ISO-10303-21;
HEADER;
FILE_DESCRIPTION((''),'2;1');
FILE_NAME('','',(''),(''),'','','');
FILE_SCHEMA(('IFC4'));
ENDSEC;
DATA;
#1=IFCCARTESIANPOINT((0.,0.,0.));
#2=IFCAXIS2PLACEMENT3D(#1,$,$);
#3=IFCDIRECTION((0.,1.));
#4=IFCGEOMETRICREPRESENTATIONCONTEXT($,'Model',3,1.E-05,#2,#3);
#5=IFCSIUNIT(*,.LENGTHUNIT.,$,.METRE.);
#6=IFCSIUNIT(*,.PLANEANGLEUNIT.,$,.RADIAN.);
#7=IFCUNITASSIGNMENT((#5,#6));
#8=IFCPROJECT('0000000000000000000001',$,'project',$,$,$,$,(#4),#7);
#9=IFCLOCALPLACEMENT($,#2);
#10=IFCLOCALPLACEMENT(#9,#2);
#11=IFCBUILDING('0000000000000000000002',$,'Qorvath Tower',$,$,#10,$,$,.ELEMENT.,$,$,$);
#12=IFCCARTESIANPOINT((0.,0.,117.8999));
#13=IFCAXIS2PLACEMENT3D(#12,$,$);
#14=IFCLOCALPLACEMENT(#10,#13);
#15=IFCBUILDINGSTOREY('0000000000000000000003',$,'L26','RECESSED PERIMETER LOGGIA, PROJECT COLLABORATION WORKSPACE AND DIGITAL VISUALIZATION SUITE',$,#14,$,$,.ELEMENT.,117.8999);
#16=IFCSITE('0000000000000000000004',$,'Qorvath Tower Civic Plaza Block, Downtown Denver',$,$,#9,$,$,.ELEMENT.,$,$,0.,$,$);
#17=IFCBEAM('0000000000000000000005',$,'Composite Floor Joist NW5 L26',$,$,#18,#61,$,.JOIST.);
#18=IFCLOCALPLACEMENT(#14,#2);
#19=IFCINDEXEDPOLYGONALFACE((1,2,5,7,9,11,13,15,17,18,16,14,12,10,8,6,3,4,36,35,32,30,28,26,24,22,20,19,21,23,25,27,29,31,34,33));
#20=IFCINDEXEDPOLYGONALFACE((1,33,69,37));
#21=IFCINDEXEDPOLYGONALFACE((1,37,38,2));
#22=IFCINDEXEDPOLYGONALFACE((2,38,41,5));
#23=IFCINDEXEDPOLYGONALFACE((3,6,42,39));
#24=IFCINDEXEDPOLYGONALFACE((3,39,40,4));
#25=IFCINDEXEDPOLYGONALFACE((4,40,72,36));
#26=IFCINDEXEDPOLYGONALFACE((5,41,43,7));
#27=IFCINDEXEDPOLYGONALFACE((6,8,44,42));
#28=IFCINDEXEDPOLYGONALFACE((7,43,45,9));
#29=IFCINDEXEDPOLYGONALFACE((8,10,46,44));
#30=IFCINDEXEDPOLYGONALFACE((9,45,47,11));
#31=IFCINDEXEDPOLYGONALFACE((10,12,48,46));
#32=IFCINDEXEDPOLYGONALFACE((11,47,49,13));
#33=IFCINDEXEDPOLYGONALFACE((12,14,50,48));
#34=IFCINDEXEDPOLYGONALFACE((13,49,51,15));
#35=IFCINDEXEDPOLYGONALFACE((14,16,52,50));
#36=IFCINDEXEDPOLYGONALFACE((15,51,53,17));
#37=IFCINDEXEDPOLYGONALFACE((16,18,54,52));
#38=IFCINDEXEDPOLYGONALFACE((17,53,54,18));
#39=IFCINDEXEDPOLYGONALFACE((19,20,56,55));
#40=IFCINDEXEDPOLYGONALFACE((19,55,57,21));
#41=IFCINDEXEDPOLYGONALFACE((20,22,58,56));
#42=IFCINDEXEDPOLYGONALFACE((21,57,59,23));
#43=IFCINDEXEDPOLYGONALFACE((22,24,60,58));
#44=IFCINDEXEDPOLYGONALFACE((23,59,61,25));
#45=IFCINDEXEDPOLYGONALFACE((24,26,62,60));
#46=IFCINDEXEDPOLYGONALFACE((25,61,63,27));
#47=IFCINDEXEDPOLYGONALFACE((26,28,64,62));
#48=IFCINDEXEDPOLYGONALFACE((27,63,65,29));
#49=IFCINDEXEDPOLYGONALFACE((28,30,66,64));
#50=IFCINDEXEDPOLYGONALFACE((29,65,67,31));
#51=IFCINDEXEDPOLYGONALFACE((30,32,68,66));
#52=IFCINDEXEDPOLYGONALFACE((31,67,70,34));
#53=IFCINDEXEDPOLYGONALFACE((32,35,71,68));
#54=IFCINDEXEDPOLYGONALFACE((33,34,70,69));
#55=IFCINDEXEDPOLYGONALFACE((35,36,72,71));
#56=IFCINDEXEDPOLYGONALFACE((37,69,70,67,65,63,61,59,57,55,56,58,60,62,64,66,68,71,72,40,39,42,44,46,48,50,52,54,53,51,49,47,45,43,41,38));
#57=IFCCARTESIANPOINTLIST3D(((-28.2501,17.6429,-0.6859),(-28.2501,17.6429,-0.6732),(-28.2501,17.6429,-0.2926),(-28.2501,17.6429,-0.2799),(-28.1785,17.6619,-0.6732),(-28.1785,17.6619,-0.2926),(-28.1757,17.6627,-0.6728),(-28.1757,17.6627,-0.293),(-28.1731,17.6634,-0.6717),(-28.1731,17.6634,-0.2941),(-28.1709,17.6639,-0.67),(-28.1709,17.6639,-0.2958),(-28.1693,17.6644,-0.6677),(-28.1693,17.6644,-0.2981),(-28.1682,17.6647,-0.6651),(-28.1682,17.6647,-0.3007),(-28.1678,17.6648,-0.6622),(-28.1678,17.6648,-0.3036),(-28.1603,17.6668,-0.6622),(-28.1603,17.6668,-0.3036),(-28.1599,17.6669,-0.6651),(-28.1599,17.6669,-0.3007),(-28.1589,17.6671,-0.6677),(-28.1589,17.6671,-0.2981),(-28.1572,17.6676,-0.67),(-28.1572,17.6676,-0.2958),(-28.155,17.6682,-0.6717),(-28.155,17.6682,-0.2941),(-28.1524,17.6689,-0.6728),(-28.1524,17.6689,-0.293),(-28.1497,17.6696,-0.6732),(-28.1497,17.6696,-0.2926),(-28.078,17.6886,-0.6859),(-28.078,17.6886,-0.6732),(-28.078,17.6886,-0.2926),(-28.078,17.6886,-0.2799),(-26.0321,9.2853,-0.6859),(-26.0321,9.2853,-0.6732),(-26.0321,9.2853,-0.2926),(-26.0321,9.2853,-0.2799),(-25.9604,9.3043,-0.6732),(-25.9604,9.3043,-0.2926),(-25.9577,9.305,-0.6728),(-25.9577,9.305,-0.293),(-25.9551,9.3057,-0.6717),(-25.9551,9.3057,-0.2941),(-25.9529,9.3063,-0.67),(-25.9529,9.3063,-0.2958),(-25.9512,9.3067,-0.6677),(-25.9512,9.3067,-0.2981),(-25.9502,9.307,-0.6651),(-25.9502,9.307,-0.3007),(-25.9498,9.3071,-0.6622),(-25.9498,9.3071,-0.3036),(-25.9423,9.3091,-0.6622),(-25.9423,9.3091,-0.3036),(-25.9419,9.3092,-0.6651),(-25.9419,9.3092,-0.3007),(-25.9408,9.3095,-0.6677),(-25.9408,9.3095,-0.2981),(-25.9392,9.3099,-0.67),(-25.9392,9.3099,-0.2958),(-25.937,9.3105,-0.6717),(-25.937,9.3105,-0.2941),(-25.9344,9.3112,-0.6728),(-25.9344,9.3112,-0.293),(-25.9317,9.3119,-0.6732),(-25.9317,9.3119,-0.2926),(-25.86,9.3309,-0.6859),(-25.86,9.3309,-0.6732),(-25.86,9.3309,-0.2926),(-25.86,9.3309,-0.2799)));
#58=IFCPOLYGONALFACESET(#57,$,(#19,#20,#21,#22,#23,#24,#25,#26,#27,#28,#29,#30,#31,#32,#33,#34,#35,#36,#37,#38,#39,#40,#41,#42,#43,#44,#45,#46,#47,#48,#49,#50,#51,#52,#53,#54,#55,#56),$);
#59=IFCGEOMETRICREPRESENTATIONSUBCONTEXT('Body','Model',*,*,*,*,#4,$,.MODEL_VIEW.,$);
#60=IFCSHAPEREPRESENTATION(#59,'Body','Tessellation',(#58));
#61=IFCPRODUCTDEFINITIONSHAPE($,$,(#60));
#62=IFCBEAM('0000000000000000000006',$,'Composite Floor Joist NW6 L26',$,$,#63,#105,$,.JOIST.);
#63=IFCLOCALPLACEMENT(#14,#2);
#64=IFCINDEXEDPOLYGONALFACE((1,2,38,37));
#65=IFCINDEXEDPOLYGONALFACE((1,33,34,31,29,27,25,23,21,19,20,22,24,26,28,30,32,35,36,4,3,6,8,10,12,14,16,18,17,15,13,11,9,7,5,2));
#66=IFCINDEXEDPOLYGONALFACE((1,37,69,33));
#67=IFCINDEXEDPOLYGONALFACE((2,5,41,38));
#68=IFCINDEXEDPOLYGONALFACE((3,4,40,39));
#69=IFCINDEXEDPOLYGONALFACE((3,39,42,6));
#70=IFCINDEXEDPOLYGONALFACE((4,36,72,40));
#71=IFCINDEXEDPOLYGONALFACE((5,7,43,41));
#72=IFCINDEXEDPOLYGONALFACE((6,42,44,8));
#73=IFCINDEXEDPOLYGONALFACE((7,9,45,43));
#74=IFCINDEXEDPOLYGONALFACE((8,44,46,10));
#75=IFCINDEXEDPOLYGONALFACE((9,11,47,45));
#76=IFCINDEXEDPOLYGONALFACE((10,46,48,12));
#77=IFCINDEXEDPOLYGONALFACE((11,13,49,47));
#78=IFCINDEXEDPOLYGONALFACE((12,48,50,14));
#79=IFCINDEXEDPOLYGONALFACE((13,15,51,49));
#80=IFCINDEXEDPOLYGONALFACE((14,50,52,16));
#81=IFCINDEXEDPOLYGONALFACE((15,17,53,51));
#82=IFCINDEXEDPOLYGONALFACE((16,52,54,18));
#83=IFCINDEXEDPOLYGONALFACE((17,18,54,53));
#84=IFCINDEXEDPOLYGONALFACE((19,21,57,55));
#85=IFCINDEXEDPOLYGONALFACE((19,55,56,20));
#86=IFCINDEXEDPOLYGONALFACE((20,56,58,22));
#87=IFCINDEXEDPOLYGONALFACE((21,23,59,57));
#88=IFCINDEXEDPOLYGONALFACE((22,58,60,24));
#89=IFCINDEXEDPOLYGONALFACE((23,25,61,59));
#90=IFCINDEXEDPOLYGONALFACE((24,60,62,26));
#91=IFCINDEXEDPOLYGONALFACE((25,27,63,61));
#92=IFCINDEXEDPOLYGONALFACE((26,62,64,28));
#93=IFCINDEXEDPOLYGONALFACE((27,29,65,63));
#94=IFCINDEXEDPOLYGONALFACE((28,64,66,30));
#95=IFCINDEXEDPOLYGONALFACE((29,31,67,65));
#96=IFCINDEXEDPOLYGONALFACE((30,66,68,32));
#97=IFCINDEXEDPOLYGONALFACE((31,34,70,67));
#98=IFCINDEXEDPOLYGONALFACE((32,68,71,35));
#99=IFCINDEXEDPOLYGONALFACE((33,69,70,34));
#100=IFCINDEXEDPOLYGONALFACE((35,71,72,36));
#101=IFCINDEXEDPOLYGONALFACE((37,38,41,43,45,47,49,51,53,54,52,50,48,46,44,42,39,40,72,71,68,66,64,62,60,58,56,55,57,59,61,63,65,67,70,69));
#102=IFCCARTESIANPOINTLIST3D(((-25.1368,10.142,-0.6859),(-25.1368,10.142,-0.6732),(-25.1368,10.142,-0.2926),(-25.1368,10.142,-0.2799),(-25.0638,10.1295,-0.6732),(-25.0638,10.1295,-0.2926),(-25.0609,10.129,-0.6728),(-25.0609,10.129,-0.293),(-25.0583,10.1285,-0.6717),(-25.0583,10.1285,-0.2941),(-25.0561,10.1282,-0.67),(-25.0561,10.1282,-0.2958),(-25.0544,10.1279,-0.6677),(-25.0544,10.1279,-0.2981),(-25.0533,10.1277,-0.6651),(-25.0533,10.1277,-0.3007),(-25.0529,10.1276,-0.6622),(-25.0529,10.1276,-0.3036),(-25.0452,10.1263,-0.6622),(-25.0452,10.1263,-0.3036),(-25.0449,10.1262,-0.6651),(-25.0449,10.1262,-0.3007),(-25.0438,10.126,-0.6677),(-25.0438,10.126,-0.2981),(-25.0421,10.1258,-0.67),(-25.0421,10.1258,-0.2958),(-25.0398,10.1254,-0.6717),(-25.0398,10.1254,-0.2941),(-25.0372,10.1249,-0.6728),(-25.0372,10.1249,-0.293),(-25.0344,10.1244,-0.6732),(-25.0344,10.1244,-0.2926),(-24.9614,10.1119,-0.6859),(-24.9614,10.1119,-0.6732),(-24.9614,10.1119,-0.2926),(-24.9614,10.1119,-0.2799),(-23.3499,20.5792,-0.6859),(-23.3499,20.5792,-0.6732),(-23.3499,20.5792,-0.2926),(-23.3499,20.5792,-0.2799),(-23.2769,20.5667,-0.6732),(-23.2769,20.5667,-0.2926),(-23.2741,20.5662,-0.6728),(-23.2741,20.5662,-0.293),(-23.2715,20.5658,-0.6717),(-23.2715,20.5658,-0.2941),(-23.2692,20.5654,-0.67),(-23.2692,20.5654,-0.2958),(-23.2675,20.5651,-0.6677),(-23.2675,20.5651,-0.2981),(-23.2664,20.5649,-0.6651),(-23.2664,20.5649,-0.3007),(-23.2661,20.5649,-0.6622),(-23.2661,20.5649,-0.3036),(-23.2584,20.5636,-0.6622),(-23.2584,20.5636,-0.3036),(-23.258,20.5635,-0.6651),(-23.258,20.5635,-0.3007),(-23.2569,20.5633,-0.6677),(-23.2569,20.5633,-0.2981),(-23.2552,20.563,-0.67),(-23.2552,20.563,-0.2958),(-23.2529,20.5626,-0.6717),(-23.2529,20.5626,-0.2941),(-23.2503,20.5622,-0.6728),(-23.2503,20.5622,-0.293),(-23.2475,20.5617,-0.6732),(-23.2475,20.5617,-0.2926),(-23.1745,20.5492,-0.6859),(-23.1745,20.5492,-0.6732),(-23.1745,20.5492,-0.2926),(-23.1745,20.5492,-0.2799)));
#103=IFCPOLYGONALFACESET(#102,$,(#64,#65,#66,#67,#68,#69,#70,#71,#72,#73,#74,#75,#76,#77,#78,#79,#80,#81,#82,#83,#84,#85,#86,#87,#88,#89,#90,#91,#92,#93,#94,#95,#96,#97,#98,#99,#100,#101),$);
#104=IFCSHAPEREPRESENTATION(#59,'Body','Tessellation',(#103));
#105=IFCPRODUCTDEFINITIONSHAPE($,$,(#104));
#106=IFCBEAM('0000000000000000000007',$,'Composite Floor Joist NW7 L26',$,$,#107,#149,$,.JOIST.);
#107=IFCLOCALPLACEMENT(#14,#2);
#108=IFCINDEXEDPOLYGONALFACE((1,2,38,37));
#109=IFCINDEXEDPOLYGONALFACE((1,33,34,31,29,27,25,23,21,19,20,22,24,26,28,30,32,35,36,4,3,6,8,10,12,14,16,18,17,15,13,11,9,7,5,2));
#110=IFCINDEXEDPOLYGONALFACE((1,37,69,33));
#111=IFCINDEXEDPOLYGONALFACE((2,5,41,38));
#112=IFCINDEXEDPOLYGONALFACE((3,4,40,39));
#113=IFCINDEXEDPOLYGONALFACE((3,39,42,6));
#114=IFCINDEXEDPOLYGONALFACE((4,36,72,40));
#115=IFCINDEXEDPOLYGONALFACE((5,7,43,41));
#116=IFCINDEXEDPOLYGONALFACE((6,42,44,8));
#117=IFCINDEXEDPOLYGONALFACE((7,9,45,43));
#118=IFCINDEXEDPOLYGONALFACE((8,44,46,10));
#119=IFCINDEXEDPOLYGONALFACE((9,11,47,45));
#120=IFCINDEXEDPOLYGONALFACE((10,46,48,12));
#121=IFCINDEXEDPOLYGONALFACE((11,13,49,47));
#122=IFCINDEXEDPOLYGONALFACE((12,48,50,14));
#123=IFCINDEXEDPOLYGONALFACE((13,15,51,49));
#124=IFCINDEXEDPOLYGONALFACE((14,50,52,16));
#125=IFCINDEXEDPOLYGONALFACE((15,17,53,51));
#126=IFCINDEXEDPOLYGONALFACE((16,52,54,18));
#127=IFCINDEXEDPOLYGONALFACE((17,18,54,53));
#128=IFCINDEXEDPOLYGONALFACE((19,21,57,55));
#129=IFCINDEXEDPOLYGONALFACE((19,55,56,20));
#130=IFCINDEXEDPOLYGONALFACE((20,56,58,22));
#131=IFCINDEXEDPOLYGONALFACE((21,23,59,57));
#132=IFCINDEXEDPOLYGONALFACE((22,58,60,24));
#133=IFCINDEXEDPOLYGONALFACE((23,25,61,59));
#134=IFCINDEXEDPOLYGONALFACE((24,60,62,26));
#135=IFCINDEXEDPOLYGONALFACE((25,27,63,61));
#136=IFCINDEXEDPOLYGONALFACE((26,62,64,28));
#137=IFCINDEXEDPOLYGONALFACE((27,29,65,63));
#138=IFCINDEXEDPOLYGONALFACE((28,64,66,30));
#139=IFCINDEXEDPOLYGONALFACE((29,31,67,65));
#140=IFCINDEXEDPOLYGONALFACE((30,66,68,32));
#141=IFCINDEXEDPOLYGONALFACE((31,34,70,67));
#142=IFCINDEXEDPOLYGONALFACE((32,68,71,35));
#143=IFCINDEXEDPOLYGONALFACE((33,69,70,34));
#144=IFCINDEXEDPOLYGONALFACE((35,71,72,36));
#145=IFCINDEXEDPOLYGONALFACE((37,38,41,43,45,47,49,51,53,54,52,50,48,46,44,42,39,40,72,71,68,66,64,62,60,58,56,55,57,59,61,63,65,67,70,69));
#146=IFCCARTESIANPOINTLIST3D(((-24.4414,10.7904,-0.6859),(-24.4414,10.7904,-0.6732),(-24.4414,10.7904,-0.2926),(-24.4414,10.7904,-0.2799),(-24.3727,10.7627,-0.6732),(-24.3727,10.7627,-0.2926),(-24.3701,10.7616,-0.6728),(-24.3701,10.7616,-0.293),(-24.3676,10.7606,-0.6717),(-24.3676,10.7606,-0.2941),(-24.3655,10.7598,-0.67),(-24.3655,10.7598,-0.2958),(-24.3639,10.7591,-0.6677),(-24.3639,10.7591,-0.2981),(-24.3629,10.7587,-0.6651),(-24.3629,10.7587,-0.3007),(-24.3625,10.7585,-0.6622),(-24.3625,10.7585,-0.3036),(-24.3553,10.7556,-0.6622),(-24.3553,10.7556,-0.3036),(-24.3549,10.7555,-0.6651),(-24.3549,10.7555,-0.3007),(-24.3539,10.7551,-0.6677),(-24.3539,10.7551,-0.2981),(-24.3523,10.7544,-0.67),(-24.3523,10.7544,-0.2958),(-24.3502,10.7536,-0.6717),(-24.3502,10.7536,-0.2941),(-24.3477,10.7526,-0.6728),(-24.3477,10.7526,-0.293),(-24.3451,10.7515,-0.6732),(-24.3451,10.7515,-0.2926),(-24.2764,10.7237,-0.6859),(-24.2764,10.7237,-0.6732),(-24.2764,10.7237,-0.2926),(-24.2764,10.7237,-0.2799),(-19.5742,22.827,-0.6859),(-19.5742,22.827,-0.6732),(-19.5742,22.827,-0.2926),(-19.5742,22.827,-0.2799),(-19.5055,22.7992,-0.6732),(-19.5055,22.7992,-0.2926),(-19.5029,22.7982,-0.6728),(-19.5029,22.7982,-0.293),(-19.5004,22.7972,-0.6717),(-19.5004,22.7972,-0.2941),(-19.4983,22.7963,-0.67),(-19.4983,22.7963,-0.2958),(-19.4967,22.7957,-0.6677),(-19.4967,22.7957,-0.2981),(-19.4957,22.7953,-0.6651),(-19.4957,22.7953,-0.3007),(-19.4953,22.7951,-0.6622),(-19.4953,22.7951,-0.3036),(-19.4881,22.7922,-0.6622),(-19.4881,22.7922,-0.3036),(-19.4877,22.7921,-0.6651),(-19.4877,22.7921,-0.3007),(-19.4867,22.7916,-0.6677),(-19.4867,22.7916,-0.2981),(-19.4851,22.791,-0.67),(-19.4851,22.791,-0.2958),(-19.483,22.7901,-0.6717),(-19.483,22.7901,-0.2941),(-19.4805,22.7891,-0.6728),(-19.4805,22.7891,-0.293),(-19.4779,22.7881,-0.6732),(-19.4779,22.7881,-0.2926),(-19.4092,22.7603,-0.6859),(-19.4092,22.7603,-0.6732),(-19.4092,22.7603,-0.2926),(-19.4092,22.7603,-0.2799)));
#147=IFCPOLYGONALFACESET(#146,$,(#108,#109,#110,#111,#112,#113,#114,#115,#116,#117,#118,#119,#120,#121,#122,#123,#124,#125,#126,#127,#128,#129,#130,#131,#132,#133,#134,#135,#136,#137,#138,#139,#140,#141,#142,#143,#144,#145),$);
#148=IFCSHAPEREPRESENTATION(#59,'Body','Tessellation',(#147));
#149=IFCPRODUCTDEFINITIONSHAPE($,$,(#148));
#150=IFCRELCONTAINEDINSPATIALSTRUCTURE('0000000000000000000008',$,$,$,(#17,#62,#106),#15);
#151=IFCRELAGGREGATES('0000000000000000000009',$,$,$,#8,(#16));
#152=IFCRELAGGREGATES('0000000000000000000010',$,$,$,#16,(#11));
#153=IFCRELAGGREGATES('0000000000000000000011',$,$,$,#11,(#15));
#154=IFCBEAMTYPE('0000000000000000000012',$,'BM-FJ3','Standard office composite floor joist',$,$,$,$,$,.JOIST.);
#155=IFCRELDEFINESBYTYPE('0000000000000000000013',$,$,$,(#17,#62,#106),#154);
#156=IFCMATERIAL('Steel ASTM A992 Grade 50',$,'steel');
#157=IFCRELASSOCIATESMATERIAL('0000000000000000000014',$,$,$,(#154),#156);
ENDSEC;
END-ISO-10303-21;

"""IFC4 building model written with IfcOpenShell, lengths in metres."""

from ifc_helpers import new_model, si_unit, direction, frame, origin, origin_2d, place, context, subcontext, project, spatial, i_section, extrude, material, material_profile, profile_set, type_object, element, save


model = new_model("IFC4")

# Units and contexts
model_context = context("Model", 3, precision=1e-05, world=origin(), true_north=direction((0.0, 1.0)))
body_context = subcontext(model_context, "Body", "Model", "MODEL_VIEW")
ifc_project = project(units=[si_unit("LENGTHUNIT", "METRE"), si_unit("PLANEANGLEUNIT", "RADIAN")], contexts=[model_context])

# Site, building, storey
site_placement = place(None, origin())
site = spatial("IfcSite", under=ifc_project, at=site_placement, Name="Qorvath Tower Civic Plaza Block, Downtown Denver", CompositionType="ELEMENT", RefElevation=0.0)
building_placement = place(site_placement, origin())
building = spatial("IfcBuilding", under=site, at=building_placement, Name="Qorvath Tower", CompositionType="ELEMENT")
storey_placement = place(building_placement, frame((0.0, 0.0, 117.8999)))
storey = spatial("IfcBuildingStorey", under=building, at=storey_placement, Name="L26", Description="RECESSED PERIMETER LOGGIA, PROJECT COLLABORATION WORKSPACE AND DIGITAL VISUALIZATION SUITE", CompositionType="ELEMENT", Elevation=117.8999)

# Beams
ifc_material_1 = material(Name="Steel ASTM A992 Grade 50", Category="steel")
ifc_material_profile_1 = material_profile(ifc_material_1, i_section(OverallWidth=0.178, OverallDepth=0.406, WebThickness=0.0078, FlangeThickness=0.0127, FilletRadius=0.011, at=origin_2d()), Name="W16x40")
ifc_profile_set_1 = profile_set([ifc_material_profile_1], Name="Steel ASTM A992 Grade 50")
beam_type_1 = type_object("IfcBeamType", Name="BM-FJ3", Description="Standard office composite floor joist", PredefinedType="JOIST", material=ifc_profile_set_1)
beam_1_placement = place(storey_placement, frame((-25.946, 9.3081, -0.4829), z_axis=(-0.256508, 0.966542, 0.0), x_axis=(-0.966542, -0.256508, 0.0)))
element("IfcBeam", 1, at=beam_1_placement, inside=storey, type_object=beam_type_1, Name="Composite Floor Joist NW5 L26", PredefinedType="JOIST", context=body_context, shape_type="SweptSolid", body=[
    extrude(i_section(OverallWidth=0.178, OverallDepth=0.406, WebThickness=0.0078, FlangeThickness=0.0127, FilletRadius=0.011, at=origin_2d()), origin(), (0.0, 0.0, 1.0), 8.647),
])
beam_2_placement = place(storey_placement, frame((-25.0491, 10.127, -0.4829), z_axis=(0.168746, 0.98566, 0.0), x_axis=(-0.98566, 0.168746, 0.0)))
element("IfcBeam", 2, at=beam_2_placement, inside=storey, type_object=beam_type_1, Name="Composite Floor Joist NW6 L26", PredefinedType="JOIST", context=body_context, shape_type="SweptSolid", body=[
    extrude(i_section(OverallWidth=0.178, OverallDepth=0.406, WebThickness=0.0078, FlangeThickness=0.0127, FilletRadius=0.011, at=origin_2d()), origin(), (0.0, 0.0, 1.0), 10.5891),
])
beam_3_placement = place(storey_placement, frame((-24.3589, 10.7571, -0.4829), z_axis=(0.374877, 0.927075, 0.0), x_axis=(-0.927075, 0.374877, 0.0)))
element("IfcBeam", 3, at=beam_3_placement, inside=storey, type_object=beam_type_1, Name="Composite Floor Joist NW7 L26", PredefinedType="JOIST", context=body_context, shape_type="SweptSolid", body=[
    extrude(i_section(OverallWidth=0.178, OverallDepth=0.406, WebThickness=0.0078, FlangeThickness=0.0127, FilletRadius=0.011, at=origin_2d()), origin(), (0.0, 0.0, 1.0), 12.9834),
])

save(model, "model.ifc")
